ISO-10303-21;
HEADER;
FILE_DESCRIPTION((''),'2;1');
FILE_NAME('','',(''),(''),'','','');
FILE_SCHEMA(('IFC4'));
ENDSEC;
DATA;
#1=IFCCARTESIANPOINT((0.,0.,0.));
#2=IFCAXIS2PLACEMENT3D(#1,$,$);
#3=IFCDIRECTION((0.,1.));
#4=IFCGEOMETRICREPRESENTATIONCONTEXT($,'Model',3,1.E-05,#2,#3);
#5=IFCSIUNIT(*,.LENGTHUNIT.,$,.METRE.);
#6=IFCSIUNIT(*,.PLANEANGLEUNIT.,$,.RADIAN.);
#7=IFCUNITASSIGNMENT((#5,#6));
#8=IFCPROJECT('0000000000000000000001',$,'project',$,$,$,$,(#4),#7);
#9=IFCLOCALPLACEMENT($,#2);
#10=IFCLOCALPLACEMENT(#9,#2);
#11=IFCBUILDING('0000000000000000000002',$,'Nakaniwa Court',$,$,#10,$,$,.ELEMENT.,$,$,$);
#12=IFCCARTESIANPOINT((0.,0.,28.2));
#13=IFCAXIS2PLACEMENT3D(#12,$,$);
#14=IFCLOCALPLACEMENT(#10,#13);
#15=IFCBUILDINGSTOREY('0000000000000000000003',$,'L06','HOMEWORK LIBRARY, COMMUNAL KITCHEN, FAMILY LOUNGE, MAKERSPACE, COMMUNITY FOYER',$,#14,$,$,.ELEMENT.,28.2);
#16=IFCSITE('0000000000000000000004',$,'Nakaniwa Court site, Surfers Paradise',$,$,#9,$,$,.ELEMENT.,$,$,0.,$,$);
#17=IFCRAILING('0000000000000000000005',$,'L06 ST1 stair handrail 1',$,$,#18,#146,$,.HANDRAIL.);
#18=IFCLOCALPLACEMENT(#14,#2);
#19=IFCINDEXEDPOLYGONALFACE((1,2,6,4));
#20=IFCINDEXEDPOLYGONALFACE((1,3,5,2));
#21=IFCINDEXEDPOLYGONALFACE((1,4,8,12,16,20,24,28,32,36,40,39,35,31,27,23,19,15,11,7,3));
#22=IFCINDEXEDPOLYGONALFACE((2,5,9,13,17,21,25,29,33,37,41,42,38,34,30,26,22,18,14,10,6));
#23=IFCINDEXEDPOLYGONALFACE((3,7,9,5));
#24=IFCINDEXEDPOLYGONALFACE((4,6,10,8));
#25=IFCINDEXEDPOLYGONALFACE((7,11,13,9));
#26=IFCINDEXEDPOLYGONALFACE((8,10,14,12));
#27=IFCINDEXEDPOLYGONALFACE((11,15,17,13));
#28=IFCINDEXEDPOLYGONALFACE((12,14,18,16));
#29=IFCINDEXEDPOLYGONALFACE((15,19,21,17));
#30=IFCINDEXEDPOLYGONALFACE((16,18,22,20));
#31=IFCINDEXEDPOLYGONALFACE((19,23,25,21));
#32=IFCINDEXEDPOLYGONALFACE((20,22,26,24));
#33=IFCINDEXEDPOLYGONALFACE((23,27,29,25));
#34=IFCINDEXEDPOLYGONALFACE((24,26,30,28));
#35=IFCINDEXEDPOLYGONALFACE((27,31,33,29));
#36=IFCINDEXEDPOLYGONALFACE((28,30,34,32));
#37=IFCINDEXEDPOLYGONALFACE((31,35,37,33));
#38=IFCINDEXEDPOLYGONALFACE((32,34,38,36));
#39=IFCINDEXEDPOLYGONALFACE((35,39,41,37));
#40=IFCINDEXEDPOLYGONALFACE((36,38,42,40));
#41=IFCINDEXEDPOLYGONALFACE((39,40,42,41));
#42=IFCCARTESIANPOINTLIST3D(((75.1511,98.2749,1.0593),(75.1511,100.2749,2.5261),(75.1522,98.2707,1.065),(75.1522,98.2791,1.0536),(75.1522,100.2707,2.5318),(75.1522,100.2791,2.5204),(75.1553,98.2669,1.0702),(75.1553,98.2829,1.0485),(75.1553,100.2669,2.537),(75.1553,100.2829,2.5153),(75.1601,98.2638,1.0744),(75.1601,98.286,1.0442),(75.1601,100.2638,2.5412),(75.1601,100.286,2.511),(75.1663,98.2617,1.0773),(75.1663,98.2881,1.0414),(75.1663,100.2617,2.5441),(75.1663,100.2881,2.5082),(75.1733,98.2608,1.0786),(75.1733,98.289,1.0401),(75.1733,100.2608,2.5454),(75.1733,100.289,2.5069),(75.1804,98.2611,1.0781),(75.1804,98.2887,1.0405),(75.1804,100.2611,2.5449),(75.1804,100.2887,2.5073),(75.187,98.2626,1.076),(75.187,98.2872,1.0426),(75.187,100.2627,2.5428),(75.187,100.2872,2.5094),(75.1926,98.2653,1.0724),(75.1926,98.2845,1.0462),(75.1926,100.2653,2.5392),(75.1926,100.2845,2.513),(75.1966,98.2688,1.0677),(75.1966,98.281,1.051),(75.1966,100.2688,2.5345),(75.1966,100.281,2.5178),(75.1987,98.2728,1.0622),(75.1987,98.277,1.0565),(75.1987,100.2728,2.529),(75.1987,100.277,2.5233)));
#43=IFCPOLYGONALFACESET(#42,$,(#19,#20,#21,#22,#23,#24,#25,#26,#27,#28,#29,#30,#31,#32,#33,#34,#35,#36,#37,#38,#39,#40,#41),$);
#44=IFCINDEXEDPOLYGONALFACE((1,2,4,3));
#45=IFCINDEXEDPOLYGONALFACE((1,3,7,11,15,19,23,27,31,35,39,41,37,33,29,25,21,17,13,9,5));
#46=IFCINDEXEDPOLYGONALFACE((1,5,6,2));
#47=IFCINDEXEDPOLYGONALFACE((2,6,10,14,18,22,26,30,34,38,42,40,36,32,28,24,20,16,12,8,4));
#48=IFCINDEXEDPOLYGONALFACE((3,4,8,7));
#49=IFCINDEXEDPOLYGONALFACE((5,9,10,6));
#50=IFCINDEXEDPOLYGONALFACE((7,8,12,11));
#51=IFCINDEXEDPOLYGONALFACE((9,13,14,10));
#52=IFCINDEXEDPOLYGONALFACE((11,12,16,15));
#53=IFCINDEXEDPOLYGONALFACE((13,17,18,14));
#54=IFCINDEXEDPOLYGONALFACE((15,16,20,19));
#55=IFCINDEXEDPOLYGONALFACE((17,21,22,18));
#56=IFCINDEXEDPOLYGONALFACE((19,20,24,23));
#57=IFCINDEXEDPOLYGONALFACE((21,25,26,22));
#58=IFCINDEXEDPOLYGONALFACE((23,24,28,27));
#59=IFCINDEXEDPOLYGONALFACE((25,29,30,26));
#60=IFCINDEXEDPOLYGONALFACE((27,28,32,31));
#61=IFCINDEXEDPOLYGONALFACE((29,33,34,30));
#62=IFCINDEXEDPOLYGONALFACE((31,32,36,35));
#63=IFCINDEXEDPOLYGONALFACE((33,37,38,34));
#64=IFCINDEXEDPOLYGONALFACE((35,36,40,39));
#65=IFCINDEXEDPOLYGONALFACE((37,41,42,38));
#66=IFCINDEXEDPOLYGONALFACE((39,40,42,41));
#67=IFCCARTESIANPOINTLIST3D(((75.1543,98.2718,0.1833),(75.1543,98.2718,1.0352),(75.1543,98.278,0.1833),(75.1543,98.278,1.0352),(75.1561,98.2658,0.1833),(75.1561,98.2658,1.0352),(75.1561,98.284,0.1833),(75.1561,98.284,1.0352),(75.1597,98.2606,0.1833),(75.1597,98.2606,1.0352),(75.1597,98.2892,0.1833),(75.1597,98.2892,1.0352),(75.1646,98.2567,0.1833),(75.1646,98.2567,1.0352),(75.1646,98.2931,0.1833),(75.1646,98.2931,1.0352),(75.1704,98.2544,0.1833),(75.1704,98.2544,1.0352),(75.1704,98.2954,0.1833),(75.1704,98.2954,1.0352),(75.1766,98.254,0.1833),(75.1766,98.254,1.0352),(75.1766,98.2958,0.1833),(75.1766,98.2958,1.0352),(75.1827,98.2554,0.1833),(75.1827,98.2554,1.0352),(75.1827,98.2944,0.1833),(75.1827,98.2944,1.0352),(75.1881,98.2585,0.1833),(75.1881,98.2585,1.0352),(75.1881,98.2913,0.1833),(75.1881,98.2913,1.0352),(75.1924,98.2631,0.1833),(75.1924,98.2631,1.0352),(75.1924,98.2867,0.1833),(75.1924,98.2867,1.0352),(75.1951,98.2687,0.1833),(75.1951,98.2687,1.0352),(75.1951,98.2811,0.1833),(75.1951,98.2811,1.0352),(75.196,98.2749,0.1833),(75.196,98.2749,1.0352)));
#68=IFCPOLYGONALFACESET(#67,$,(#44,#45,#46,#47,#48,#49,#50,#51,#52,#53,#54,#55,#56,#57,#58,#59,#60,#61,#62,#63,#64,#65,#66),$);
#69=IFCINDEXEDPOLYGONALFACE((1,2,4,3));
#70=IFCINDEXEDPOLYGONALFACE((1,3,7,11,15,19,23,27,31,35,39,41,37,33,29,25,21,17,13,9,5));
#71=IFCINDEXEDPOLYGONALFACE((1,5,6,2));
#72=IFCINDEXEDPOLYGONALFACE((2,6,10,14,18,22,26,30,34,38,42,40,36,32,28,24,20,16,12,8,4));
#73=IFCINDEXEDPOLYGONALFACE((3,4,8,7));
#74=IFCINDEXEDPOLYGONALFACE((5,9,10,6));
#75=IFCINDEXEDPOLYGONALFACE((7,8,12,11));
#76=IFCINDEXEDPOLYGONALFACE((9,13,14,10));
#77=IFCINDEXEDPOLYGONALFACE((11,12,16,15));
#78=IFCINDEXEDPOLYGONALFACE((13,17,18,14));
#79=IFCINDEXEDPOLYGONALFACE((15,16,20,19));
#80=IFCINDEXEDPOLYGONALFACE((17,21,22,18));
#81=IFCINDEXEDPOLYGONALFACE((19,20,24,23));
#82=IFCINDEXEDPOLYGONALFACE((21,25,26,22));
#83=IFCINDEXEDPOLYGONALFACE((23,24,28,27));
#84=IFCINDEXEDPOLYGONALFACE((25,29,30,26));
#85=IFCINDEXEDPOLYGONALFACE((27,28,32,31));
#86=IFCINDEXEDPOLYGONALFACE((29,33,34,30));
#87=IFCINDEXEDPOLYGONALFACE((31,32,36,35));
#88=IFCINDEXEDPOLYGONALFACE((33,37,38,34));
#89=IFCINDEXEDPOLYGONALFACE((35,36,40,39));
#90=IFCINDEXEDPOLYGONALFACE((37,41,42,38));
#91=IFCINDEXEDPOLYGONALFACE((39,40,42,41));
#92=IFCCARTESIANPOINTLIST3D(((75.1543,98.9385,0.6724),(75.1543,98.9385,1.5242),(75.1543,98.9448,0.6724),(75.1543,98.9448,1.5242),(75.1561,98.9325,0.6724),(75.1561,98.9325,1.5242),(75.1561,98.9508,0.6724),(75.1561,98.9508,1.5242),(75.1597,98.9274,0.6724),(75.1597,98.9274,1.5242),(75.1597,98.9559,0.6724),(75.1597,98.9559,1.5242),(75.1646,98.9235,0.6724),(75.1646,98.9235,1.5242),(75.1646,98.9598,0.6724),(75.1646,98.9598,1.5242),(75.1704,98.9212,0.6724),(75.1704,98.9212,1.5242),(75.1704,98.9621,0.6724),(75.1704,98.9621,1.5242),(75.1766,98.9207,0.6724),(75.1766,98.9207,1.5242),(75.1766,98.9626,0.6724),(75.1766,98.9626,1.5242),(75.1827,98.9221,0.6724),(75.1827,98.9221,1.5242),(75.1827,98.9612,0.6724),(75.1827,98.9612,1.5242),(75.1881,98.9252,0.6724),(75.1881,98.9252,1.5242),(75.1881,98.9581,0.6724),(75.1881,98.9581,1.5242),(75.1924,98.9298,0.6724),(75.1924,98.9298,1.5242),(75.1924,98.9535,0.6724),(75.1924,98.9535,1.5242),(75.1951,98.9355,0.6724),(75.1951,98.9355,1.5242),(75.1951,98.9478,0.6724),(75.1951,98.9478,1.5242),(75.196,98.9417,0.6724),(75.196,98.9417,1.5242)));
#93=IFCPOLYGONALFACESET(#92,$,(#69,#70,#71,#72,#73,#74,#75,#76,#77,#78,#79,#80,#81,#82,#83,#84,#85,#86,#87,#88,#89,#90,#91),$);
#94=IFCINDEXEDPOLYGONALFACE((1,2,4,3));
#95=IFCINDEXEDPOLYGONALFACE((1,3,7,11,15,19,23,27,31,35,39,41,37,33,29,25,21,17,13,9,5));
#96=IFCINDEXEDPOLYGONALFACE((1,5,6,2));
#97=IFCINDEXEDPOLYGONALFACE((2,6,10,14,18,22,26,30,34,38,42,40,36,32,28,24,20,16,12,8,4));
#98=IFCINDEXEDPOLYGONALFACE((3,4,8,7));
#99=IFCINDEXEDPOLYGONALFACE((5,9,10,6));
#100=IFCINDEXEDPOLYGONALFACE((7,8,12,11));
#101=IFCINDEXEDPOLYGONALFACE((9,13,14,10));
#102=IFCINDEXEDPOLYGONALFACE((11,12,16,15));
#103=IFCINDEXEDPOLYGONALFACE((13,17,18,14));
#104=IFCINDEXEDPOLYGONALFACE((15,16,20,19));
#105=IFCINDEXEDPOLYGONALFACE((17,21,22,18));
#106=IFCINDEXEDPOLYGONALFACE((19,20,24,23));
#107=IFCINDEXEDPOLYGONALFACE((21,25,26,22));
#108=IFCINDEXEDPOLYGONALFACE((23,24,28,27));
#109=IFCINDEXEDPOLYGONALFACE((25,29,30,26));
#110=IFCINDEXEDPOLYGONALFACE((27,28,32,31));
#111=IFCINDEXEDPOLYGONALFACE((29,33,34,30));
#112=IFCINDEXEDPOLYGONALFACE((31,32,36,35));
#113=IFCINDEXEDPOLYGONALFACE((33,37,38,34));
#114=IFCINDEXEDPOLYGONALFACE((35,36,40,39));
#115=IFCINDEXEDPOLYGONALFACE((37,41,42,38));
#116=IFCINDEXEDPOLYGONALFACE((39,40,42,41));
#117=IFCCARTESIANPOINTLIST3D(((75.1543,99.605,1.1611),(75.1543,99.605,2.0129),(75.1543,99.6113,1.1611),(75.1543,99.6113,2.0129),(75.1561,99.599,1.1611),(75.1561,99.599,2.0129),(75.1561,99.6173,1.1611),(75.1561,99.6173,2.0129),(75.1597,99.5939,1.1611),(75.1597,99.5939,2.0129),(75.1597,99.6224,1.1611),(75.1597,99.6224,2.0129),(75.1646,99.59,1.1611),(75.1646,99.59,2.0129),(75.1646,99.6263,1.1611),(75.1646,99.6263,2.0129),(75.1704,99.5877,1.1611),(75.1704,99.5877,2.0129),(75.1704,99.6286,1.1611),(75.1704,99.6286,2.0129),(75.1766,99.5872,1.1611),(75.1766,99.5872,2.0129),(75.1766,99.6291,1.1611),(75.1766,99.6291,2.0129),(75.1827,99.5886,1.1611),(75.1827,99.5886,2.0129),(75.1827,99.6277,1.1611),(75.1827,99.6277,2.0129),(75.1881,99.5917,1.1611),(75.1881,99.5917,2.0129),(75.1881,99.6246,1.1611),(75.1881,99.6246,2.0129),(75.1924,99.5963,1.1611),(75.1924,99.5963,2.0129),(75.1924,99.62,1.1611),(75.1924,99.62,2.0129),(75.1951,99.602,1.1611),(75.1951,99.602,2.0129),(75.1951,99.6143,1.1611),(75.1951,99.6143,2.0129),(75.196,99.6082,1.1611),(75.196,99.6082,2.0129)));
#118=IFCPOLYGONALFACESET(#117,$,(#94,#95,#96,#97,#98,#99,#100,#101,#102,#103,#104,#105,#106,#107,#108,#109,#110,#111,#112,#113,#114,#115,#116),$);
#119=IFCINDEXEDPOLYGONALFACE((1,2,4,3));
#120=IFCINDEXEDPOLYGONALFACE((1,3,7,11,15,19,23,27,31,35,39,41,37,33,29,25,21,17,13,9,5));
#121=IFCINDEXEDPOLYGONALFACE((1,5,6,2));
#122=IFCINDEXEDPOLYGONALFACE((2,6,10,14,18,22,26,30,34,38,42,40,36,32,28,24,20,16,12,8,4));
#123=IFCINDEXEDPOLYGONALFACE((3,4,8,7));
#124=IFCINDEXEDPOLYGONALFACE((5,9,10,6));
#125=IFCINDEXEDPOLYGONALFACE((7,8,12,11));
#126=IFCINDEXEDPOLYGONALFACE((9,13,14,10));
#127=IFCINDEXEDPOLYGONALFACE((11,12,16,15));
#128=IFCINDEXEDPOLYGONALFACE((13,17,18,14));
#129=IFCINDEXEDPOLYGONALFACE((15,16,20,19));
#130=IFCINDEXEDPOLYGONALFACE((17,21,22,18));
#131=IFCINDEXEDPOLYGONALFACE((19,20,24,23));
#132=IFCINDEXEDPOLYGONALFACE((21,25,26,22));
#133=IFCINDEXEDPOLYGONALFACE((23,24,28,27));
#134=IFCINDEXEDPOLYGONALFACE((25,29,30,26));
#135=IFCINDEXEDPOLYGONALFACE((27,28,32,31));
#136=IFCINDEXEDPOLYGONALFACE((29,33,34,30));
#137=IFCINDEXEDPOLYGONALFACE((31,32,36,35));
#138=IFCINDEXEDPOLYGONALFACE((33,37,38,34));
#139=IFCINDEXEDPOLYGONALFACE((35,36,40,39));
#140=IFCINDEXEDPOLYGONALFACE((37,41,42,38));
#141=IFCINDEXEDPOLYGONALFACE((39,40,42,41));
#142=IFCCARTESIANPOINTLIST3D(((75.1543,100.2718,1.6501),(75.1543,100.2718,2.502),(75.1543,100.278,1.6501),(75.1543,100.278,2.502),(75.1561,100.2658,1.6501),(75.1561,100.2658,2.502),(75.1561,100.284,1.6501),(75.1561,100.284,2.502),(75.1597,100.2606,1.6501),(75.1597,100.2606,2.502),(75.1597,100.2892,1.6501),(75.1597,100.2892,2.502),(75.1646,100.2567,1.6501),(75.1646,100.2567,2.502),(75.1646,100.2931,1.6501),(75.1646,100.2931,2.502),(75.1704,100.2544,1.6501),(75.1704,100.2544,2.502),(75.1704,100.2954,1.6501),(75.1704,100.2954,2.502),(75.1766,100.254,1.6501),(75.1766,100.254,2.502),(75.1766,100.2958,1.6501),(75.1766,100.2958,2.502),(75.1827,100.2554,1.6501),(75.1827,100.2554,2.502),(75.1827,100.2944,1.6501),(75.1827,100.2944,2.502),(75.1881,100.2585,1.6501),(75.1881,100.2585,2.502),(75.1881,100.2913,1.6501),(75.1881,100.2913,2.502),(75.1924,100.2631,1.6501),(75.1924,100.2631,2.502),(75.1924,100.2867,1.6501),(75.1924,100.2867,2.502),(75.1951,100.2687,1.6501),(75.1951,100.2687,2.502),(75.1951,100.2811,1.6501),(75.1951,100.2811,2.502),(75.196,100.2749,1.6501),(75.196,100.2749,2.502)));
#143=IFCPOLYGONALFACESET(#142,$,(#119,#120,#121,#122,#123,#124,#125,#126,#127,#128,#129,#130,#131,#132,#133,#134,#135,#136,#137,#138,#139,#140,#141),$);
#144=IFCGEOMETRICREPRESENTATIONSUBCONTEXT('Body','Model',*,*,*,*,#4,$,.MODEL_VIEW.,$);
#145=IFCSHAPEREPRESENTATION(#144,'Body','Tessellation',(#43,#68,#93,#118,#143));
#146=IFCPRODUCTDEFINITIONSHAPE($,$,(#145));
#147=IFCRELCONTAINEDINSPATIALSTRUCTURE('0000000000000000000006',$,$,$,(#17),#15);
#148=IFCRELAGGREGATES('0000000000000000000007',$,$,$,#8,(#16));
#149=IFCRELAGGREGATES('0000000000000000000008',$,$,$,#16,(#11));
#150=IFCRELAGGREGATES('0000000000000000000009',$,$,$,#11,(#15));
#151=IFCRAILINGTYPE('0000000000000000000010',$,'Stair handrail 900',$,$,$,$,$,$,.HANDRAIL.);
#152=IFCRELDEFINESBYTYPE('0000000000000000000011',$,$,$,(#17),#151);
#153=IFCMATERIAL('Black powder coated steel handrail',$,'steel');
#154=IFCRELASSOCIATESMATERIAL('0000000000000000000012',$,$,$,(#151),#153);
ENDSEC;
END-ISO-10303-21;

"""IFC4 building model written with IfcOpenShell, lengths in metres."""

from ifc_helpers import new_model, si_unit, direction, frame, origin, origin_2d, place, context, subcontext, project, spatial, circle, extrude, material, type_object, element, save


model = new_model("IFC4")

# Units and contexts
model_context = context("Model", 3, precision=1e-05, world=origin(), true_north=direction((0.0, 1.0)))
body_context = subcontext(model_context, "Body", "Model", "MODEL_VIEW")
ifc_project = project(units=[si_unit("LENGTHUNIT", "METRE"), si_unit("PLANEANGLEUNIT", "RADIAN")], contexts=[model_context])

# Site, building, storey
site_placement = place(None, origin())
site = spatial("IfcSite", under=ifc_project, at=site_placement, Name="Nakaniwa Court site, Surfers Paradise", CompositionType="ELEMENT", RefElevation=0.0)
building_placement = place(site_placement, origin())
building = spatial("IfcBuilding", under=site, at=building_placement, Name="Nakaniwa Court", CompositionType="ELEMENT")
storey_placement = place(building_placement, frame((0.0, 0.0, 28.2)))
storey = spatial("IfcBuildingStorey", under=building, at=storey_placement, Name="L06", Description="HOMEWORK LIBRARY, COMMUNAL KITCHEN, FAMILY LOUNGE, MAKERSPACE, COMMUNITY FOYER", CompositionType="ELEMENT", Elevation=28.2)

# Railing
ifc_material_1 = material(Name="Black powder coated steel handrail", Category="steel")
railing_type_1 = type_object("IfcRailingType", Name="Stair handrail 900", PredefinedType="HANDRAIL", material=ifc_material_1)
railing_1_placement = place(storey_placement, frame((75.175, 98.2749, 0.1833)))
element("IfcRailing", 1, at=railing_1_placement, inside=storey, type_object=railing_type_1, Name="L06 ST1 stair handrail 1", PredefinedType="HANDRAIL", context=body_context, shape_type="SweptSolid", body=[
    extrude(circle(Radius=0.0239, at=origin_2d()), frame((0.0, 0.0, 0.876), z_axis=(0.0, 0.80638, 0.591398), x_axis=(-1.0, 0.0, 0.0)), (0.0, 0.0, 1.0), 2.4802),
    extrude(circle(Radius=0.021, at=origin_2d()), origin(), (0.0, 0.0, 1.0), 0.8518),
    extrude(circle(Radius=0.021, at=origin_2d()), frame((0.0, 0.6667, 0.489)), (0.0, 0.0, 1.0), 0.8518),
    extrude(circle(Radius=0.021, at=origin_2d()), frame((0.0, 1.3333, 0.9778)), (0.0, 0.0, 1.0), 0.8518),
    extrude(circle(Radius=0.021, at=origin_2d()), frame((0.0, 2.0, 1.4668)), (0.0, 0.0, 1.0), 0.8518),
])

save(model, "model.ifc")
